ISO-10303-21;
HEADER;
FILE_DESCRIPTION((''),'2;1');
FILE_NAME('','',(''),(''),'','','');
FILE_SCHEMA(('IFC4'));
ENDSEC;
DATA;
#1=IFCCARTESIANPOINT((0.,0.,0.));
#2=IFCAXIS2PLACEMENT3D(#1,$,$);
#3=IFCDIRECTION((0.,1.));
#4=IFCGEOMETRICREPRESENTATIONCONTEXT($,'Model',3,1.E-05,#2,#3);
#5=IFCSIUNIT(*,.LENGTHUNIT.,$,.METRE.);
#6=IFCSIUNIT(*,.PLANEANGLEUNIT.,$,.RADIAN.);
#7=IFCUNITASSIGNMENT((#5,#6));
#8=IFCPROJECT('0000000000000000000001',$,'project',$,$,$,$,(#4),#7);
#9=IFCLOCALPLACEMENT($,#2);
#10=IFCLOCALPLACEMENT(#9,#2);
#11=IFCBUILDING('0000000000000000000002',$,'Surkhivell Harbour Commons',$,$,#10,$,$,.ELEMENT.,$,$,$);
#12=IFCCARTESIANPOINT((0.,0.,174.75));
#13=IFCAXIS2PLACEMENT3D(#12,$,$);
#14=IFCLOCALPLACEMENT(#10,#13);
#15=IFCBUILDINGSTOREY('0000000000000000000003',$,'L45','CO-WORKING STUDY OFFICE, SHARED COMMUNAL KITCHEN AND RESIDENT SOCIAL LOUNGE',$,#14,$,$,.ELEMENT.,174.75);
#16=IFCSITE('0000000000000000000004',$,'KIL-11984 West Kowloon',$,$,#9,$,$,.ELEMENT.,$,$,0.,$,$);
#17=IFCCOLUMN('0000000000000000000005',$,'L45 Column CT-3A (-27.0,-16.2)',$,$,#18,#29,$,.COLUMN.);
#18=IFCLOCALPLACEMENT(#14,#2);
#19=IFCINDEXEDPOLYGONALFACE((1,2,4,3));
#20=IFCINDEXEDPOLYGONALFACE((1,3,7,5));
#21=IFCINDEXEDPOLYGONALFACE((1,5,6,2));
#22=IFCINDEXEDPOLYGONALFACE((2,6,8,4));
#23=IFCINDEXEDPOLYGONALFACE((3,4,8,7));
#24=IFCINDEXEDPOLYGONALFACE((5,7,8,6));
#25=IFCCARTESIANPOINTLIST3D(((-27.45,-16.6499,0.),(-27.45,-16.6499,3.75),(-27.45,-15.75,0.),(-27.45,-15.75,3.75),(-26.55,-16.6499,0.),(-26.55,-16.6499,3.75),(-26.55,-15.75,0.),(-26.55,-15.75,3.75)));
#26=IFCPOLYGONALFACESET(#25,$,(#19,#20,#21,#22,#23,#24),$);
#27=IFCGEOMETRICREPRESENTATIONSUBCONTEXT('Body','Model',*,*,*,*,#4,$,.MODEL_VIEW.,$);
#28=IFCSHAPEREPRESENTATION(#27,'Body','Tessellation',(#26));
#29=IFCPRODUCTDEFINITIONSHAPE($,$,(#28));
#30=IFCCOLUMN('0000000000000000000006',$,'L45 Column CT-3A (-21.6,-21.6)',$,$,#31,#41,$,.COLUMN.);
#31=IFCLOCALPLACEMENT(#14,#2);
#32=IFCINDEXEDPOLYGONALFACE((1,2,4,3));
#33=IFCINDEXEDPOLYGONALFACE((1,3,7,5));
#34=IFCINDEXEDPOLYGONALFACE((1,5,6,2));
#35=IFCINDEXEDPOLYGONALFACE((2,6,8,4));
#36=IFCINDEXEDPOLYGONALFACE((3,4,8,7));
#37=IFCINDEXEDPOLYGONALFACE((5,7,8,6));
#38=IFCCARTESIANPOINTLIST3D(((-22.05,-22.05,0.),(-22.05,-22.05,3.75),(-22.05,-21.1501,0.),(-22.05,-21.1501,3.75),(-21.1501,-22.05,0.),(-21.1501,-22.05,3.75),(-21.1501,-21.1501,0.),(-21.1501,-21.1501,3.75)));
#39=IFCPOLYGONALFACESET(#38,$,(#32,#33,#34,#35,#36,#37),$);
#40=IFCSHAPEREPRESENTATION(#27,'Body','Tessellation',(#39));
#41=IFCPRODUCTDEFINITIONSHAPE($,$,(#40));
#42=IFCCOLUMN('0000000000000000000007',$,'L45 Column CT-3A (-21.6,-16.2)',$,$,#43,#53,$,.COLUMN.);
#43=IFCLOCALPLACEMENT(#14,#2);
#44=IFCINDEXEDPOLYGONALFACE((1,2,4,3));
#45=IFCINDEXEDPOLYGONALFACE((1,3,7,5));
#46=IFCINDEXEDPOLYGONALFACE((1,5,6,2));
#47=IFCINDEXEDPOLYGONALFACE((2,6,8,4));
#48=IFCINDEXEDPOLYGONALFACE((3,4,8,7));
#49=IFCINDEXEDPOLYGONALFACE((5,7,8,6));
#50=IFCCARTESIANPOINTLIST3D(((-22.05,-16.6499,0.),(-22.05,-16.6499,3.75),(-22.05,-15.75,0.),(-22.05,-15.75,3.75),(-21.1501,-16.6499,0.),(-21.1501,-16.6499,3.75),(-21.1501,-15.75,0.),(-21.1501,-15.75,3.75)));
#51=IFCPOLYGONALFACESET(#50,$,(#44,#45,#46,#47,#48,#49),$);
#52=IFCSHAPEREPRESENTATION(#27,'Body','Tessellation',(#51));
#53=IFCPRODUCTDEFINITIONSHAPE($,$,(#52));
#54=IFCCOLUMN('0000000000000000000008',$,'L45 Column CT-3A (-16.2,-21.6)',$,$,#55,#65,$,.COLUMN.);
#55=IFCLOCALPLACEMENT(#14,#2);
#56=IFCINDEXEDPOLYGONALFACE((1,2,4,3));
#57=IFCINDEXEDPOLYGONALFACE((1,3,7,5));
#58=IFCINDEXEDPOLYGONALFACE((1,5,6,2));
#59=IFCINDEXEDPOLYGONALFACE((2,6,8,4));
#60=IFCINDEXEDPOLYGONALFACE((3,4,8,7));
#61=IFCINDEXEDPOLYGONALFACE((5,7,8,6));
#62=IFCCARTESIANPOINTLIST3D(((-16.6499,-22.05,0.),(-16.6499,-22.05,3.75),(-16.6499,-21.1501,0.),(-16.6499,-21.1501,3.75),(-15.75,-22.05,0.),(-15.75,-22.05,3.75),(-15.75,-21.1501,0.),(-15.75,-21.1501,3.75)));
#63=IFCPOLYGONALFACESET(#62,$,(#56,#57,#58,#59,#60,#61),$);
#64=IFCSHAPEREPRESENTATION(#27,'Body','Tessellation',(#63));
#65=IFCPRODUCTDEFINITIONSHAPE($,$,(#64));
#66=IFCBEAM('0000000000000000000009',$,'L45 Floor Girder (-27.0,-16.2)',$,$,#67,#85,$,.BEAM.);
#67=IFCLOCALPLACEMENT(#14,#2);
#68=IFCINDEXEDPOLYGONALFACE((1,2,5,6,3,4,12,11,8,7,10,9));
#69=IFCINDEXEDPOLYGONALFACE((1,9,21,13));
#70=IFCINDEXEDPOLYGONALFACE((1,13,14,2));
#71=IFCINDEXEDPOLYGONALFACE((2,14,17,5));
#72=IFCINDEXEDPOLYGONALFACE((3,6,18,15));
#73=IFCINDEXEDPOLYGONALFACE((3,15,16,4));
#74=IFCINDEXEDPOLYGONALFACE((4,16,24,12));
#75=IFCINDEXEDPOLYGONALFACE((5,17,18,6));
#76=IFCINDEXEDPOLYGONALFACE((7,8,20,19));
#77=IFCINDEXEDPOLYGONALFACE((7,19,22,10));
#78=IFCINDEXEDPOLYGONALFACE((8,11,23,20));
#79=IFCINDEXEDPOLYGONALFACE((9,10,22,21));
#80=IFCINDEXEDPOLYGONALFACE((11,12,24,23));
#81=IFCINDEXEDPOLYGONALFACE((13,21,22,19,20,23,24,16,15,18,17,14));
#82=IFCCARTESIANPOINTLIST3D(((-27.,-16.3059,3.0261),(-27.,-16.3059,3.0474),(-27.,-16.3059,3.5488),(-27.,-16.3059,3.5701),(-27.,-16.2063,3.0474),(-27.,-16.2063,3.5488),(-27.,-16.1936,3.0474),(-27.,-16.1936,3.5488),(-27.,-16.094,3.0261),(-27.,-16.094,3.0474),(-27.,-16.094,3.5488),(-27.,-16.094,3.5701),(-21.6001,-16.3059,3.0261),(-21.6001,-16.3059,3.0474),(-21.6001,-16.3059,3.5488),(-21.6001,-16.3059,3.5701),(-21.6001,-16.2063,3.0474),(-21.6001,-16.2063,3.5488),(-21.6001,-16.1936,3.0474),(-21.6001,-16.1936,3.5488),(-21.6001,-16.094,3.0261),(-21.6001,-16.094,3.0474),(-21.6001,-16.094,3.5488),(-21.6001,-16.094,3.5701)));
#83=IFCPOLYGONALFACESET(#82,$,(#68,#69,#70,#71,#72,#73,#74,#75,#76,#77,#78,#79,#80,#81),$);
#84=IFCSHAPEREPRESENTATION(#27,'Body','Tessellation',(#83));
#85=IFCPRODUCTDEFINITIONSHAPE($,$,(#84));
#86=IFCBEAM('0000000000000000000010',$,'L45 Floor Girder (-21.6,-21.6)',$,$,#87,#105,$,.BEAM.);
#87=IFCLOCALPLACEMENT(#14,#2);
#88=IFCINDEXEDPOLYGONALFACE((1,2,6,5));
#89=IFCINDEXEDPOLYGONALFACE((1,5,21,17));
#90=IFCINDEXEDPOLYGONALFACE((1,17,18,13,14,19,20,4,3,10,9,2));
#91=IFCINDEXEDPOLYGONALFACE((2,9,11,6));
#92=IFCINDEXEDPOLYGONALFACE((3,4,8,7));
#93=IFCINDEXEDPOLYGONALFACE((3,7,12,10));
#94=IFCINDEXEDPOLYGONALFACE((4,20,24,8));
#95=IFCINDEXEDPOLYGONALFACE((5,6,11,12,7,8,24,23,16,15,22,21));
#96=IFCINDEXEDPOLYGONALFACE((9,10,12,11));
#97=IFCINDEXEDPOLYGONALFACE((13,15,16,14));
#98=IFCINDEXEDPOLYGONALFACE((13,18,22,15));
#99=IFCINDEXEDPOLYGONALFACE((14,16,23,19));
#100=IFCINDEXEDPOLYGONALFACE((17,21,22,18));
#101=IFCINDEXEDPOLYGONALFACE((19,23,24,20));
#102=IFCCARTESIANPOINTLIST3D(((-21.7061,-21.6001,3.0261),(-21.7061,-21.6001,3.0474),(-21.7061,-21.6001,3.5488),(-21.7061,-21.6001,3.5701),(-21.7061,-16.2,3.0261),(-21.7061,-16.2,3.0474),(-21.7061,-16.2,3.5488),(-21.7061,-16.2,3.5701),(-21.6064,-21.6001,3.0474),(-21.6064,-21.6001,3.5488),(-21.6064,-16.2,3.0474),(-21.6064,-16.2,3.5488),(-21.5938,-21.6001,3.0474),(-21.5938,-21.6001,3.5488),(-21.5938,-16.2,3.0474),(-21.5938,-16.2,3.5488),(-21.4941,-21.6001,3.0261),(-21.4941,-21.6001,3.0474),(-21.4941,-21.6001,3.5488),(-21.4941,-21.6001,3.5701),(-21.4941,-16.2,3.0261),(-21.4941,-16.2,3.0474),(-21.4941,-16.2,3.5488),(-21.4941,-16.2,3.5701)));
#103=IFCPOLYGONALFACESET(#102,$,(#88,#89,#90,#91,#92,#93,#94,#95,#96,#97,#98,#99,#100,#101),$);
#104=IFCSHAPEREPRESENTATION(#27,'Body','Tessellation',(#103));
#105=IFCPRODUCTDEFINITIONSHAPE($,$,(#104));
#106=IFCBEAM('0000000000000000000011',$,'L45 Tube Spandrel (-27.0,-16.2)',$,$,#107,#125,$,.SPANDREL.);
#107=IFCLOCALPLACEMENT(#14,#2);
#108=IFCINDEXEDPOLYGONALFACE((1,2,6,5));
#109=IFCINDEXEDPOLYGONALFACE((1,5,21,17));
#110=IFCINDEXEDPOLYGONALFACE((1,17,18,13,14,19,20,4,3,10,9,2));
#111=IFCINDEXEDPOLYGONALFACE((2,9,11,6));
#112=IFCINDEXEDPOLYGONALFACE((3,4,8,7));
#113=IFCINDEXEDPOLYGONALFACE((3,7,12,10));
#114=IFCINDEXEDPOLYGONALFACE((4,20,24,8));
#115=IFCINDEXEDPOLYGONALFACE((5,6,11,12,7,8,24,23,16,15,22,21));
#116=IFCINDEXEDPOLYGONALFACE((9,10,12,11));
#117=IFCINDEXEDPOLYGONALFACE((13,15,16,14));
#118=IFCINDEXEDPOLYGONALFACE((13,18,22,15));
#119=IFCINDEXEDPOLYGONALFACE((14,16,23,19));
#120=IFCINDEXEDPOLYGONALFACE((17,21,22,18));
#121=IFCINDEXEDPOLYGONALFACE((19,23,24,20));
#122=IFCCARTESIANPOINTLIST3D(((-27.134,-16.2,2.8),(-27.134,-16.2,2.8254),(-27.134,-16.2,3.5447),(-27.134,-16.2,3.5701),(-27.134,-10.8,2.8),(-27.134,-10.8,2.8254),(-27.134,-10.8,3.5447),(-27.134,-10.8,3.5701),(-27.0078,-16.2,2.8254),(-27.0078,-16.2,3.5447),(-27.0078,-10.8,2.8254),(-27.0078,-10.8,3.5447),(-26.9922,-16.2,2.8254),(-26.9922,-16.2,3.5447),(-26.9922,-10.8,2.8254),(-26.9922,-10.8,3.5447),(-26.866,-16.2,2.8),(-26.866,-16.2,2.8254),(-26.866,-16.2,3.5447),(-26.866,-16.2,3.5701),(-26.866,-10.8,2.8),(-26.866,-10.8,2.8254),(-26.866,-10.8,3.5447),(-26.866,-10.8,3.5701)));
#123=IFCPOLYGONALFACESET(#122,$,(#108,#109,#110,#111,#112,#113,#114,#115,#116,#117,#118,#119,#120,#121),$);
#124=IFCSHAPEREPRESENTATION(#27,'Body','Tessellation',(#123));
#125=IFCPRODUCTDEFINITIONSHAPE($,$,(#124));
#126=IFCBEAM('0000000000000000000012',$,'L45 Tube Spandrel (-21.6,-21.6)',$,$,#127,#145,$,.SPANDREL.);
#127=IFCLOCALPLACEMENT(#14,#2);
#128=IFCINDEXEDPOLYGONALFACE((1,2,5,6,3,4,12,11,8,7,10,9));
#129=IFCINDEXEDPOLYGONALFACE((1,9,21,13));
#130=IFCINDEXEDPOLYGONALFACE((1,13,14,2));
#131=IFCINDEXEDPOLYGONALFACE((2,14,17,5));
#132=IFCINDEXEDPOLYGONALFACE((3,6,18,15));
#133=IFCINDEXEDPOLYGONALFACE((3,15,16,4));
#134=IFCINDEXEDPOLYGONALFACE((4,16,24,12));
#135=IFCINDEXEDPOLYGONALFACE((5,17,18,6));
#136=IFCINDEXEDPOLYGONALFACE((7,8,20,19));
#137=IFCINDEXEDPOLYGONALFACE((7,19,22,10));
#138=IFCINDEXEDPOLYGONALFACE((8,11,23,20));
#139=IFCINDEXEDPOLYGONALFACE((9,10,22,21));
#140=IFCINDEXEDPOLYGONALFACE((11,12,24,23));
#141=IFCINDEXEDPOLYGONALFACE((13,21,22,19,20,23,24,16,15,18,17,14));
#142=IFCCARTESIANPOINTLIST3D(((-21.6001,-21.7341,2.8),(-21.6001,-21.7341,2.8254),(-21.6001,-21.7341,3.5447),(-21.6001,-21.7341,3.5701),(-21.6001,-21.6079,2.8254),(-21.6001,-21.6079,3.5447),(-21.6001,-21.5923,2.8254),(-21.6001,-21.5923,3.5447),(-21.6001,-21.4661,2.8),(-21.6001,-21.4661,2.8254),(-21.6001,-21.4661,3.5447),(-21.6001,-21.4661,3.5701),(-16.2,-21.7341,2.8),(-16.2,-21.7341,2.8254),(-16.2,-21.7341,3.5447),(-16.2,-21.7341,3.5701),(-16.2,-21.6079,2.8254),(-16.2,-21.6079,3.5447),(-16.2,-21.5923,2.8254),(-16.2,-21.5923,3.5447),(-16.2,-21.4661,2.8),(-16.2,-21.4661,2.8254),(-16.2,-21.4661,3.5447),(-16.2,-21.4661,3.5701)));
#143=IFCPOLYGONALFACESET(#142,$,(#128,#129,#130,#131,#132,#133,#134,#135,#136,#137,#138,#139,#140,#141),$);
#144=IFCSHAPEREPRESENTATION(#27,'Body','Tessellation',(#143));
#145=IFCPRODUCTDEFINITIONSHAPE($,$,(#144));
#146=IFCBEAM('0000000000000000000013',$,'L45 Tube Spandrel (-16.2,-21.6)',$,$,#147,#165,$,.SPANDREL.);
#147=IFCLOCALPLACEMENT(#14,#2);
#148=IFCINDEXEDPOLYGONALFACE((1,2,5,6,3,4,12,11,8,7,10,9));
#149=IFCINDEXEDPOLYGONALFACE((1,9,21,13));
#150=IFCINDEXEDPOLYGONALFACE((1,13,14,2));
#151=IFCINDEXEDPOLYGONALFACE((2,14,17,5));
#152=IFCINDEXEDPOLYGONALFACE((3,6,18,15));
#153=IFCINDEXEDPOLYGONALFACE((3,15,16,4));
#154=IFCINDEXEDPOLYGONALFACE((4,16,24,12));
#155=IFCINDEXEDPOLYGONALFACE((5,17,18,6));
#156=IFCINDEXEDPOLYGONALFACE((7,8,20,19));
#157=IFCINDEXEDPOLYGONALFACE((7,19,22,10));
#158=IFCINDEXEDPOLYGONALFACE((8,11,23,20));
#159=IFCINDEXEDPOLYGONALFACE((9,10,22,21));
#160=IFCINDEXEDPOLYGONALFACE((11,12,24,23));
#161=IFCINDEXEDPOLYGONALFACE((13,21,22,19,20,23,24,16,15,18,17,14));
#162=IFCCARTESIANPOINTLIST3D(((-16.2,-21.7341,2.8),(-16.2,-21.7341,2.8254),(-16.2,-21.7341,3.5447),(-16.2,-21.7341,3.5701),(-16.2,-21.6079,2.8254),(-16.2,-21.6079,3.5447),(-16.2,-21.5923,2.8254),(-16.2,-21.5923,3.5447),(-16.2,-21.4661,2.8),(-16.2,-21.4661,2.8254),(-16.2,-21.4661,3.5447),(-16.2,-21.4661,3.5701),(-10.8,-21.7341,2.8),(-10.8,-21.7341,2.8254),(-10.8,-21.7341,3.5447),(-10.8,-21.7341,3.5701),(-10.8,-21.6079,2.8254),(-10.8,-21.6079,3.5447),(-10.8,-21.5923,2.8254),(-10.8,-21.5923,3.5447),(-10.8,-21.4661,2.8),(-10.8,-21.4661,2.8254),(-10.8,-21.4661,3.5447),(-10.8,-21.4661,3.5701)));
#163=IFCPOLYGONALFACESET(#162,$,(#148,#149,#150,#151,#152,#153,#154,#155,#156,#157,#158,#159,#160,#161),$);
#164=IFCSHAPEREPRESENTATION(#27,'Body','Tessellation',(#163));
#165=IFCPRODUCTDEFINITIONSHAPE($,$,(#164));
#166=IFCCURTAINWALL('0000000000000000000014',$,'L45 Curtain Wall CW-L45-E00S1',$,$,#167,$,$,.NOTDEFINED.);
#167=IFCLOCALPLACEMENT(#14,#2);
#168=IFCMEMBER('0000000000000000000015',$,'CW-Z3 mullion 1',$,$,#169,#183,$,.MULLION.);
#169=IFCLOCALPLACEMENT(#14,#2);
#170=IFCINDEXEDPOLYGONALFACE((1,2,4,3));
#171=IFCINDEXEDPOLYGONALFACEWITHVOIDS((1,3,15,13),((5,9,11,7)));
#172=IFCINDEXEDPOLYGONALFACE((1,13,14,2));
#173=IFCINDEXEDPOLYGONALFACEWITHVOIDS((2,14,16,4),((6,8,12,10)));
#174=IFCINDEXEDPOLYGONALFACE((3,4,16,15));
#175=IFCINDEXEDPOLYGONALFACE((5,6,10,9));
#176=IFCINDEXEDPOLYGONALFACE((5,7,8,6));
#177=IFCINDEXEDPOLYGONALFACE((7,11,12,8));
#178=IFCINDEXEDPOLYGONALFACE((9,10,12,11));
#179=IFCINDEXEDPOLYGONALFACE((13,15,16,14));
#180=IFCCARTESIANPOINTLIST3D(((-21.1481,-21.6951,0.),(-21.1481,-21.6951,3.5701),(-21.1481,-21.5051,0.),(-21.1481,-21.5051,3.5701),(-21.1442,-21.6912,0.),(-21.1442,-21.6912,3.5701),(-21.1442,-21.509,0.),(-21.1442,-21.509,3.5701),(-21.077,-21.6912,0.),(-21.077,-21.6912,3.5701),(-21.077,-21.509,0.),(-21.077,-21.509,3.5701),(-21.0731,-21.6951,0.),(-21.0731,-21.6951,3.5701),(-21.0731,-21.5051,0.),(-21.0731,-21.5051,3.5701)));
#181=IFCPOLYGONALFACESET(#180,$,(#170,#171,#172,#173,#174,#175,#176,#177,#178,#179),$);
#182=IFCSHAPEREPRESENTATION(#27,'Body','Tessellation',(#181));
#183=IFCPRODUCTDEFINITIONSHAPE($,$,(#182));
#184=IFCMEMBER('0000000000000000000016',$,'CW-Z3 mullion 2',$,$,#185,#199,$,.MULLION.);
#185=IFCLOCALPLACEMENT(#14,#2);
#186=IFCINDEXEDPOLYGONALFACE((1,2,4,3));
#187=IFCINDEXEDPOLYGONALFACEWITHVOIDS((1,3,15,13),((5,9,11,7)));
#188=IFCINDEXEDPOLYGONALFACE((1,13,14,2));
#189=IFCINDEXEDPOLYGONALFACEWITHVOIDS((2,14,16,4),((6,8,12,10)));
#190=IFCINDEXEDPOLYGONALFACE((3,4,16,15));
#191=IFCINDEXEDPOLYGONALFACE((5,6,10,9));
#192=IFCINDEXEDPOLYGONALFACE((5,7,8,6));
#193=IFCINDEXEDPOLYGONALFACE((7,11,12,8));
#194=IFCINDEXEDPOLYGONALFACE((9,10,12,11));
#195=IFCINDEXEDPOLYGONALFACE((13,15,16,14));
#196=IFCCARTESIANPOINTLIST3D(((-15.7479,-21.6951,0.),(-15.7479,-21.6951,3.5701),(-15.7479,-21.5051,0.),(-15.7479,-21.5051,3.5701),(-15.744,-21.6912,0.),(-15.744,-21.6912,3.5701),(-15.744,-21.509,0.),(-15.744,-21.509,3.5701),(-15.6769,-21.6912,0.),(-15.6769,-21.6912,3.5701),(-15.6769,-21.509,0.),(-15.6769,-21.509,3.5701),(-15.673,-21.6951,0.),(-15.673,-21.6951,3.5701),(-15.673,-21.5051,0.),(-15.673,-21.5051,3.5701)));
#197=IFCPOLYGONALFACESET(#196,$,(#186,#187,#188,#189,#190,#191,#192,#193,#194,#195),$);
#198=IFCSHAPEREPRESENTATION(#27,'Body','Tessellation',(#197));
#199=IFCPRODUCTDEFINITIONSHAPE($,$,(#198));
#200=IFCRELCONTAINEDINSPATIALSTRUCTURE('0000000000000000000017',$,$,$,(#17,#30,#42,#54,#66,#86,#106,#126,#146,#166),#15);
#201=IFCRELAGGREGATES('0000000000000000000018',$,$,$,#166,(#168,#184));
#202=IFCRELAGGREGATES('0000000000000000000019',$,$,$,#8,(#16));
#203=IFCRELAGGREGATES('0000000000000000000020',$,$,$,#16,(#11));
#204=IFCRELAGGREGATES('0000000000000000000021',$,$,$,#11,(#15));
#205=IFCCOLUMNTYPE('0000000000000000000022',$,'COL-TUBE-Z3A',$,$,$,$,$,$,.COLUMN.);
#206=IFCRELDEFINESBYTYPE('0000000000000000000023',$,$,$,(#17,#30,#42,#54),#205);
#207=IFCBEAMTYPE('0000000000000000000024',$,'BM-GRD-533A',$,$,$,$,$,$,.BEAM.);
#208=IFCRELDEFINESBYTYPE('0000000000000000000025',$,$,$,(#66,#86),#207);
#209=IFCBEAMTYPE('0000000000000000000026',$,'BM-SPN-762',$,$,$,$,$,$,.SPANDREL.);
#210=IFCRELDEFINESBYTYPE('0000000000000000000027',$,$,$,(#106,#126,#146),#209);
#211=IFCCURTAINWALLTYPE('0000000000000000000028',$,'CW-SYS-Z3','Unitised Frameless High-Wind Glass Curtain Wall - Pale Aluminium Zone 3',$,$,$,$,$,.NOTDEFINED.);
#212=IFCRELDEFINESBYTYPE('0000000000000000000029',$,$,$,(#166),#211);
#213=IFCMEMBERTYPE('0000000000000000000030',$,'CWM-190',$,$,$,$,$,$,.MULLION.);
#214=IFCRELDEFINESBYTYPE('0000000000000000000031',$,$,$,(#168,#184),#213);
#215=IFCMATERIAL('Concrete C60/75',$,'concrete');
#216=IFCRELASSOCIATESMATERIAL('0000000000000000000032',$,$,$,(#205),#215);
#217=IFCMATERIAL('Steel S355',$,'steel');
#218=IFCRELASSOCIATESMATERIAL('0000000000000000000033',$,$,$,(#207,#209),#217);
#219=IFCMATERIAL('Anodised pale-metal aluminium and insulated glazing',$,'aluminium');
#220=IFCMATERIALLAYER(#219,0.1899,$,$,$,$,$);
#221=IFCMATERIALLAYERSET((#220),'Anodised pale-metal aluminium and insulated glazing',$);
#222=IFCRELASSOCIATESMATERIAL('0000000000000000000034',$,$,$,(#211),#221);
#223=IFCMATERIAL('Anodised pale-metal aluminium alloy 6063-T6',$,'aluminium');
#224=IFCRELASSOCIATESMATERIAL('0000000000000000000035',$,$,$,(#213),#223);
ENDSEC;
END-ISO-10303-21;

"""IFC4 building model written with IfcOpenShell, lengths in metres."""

from ifc_helpers import new_model, si_unit, direction, frame, origin, origin_2d, place, context, subcontext, project, spatial, rectangle, hollow_rectangle, i_section, extrude, material, layer, layer_set, material_profile, profile_set, type_object, element, aggregate, save


model = new_model("IFC4")

# Units and contexts
model_context = context("Model", 3, precision=1e-05, world=origin(), true_north=direction((0.0, 1.0)))
body_context = subcontext(model_context, "Body", "Model", "MODEL_VIEW")
ifc_project = project(units=[si_unit("LENGTHUNIT", "METRE"), si_unit("PLANEANGLEUNIT", "RADIAN")], contexts=[model_context])

# Site, building, storey
site_placement = place(None, origin())
site = spatial("IfcSite", under=ifc_project, at=site_placement, Name="KIL-11984 West Kowloon", CompositionType="ELEMENT", RefElevation=0.0)
building_placement = place(site_placement, origin())
building = spatial("IfcBuilding", under=site, at=building_placement, Name="Surkhivell Harbour Commons", CompositionType="ELEMENT")
storey_placement = place(building_placement, frame((0.0, 0.0, 174.75)))
storey = spatial("IfcBuildingStorey", under=building, at=storey_placement, Name="L45", Description="CO-WORKING STUDY OFFICE, SHARED COMMUNAL KITCHEN AND RESIDENT SOCIAL LOUNGE", CompositionType="ELEMENT", Elevation=174.75)

# Columns
ifc_material_1 = material(Name="Concrete C60/75", Category="concrete")
ifc_material_profile_1 = material_profile(ifc_material_1, rectangle(XDim=0.8999, YDim=0.8999, at=origin_2d()), Name="RC-COL-900x900")
ifc_profile_set_1 = profile_set([ifc_material_profile_1], Name="Concrete C60/75")
column_type = type_object("IfcColumnType", Name="COL-TUBE-Z3A", PredefinedType="COLUMN", material=ifc_profile_set_1)
for number, where, z_axis, x_axis, name in (
    (1, (-27.0, -16.2, 0.0), (0.0, 0.0, 1.0), (1.0, 0.0, 0.0), "L45 Column CT-3A (-27.0,-16.2)"),
    (2, (-21.6001, -21.6001, 0.0), (0.0, 0.0, 1.0), (1.0, 0.0, 0.0), "L45 Column CT-3A (-21.6,-21.6)"),
    (3, (-21.6001, -16.2, 0.0), (0.0, 0.0, 1.0), (1.0, 0.0, 0.0), "L45 Column CT-3A (-21.6,-16.2)"),
    (4, (-16.2, -21.6001, 0.0), (0.0, 0.0, 1.0), (1.0, 0.0, 0.0), "L45 Column CT-3A (-16.2,-21.6)"),
):
    element("IfcColumn", number, at=place(storey_placement, frame(where, z_axis=z_axis, x_axis=x_axis)), inside=storey, type_object=column_type, Name=name, PredefinedType="COLUMN", context=body_context, shape_type="SweptSolid", body=[
        extrude(rectangle(XDim=0.8999, YDim=0.8999, at=origin_2d()), origin(), (0.0, 0.0, 1.0), 3.75),
    ])

# Beams
ifc_material_2 = material(Name="Steel S355", Category="steel")
ifc_material_profile_2 = material_profile(ifc_material_2, i_section(OverallWidth=0.2119, OverallDepth=0.5439, WebThickness=0.0127, FlangeThickness=0.0212, at=origin_2d()), Name="UB533x210x122")
ifc_profile_set_2 = profile_set([ifc_material_profile_2], Name="Steel S355")
beam_type_1 = type_object("IfcBeamType", Name="BM-GRD-533A", PredefinedType="BEAM", material=ifc_profile_set_2)
beam_1_placement = place(storey_placement, frame((-27.0, -16.2, 3.2981), z_axis=(1.0, 0.0, 0.0), x_axis=(0.0, 1.0, 0.0)))
element("IfcBeam", 5, at=beam_1_placement, inside=storey, type_object=beam_type_1, Name="L45 Floor Girder (-27.0,-16.2)", PredefinedType="BEAM", context=body_context, shape_type="SweptSolid", body=[
    extrude(i_section(OverallWidth=0.2119, OverallDepth=0.5439, WebThickness=0.0127, FlangeThickness=0.0212, at=origin_2d()), origin(), (0.0, 0.0, 1.0), 5.3999),
])
beam_2_placement = place(storey_placement, frame((-21.6001, -21.6001, 3.2981), z_axis=(0.0, 1.0, 0.0), x_axis=(-1.0, 0.0, 0.0)))
element("IfcBeam", 6, at=beam_2_placement, inside=storey, type_object=beam_type_1, Name="L45 Floor Girder (-21.6,-21.6)", PredefinedType="BEAM", context=body_context, shape_type="SweptSolid", body=[
    extrude(i_section(OverallWidth=0.2119, OverallDepth=0.5439, WebThickness=0.0127, FlangeThickness=0.0212, at=origin_2d()), origin(), (0.0, 0.0, 1.0), 5.4001),
])
ifc_material_profile_3 = material_profile(ifc_material_2, i_section(OverallWidth=0.2681, OverallDepth=0.77, WebThickness=0.0156, FlangeThickness=0.0254, at=origin_2d()), Name="UB762x267x197")
ifc_profile_set_3 = profile_set([ifc_material_profile_3], Name="Steel S355")
beam_type_2 = type_object("IfcBeamType", Name="BM-SPN-762", PredefinedType="SPANDREL", material=ifc_profile_set_3)
beam_3_placement = place(storey_placement, frame((-27.0, -16.2, 3.1851), z_axis=(0.0, 1.0, 0.0), x_axis=(-1.0, 0.0, 0.0)))
element("IfcBeam", 7, at=beam_3_placement, inside=storey, type_object=beam_type_2, Name="L45 Tube Spandrel (-27.0,-16.2)", PredefinedType="SPANDREL", context=body_context, shape_type="SweptSolid", body=[
    extrude(i_section(OverallWidth=0.2681, OverallDepth=0.77, WebThickness=0.0156, FlangeThickness=0.0254, at=origin_2d()), origin(), (0.0, 0.0, 1.0), 5.3999),
])
beam_4_placement = place(storey_placement, frame((-21.6001, -21.6001, 3.1851), z_axis=(1.0, 0.0, 0.0), x_axis=(0.0, 1.0, 0.0)))
element("IfcBeam", 8, at=beam_4_placement, inside=storey, type_object=beam_type_2, Name="L45 Tube Spandrel (-21.6,-21.6)", PredefinedType="SPANDREL", context=body_context, shape_type="SweptSolid", body=[
    extrude(i_section(OverallWidth=0.2681, OverallDepth=0.77, WebThickness=0.0156, FlangeThickness=0.0254, at=origin_2d()), origin(), (0.0, 0.0, 1.0), 5.4001),
])
beam_5_placement = place(storey_placement, frame((-16.2, -21.6001, 3.1851), z_axis=(1.0, 0.0, 0.0), x_axis=(0.0, 1.0, 0.0)))
element("IfcBeam", 9, at=beam_5_placement, inside=storey, type_object=beam_type_2, Name="L45 Tube Spandrel (-16.2,-21.6)", PredefinedType="SPANDREL", context=body_context, shape_type="SweptSolid", body=[
    extrude(i_section(OverallWidth=0.2681, OverallDepth=0.77, WebThickness=0.0156, FlangeThickness=0.0254, at=origin_2d()), origin(), (0.0, 0.0, 1.0), 5.3999),
])

# Curtain wall, members
ifc_material_3 = material(Name="Anodised pale-metal aluminium and insulated glazing", Category="aluminium")
ifc_layer_1 = layer(ifc_material_3, 0.1899)
ifc_layer_set_1 = layer_set([ifc_layer_1], Name="Anodised pale-metal aluminium and insulated glazing")
curtain_wall_type = type_object("IfcCurtainWallType", Name="CW-SYS-Z3", Description="Unitised Frameless High-Wind Glass Curtain Wall - Pale Aluminium Zone 3", PredefinedType="NOTDEFINED", material=ifc_layer_set_1)
curtain_wall_placement = place(storey_placement, origin())
curtain_wall = element("IfcCurtainWall", 10, at=curtain_wall_placement, inside=storey, type_object=curtain_wall_type, Name="L45 Curtain Wall CW-L45-E00S1", PredefinedType="NOTDEFINED")
ifc_material_4 = material(Name="Anodised pale-metal aluminium alloy 6063-T6", Category="aluminium")
ifc_material_profile_4 = material_profile(ifc_material_4, hollow_rectangle(XDim=0.075, YDim=0.1899, WallThickness=0.0039, at=origin_2d()), Name="ALU-MULL-75x190")
ifc_profile_set_4 = profile_set([ifc_material_profile_4], Name="Anodised pale-metal aluminium alloy 6063-T6")
member_type_1 = type_object("IfcMemberType", Name="CWM-190", PredefinedType="MULLION", material=ifc_profile_set_4)
member_1_placement = place(storey_placement, frame((-21.1106, -21.6001, 0.0), z_axis=(0.0, 0.0, 1.0), x_axis=(1.0, 0.0, 0.0)))
member_1 = element("IfcMember", 11, at=member_1_placement, type_object=member_type_1, Name="CW-Z3 mullion 1", PredefinedType="MULLION", context=body_context, shape_type="SweptSolid", body=[
    extrude(hollow_rectangle(XDim=0.075, YDim=0.1899, WallThickness=0.0039, at=origin_2d()), origin(), (0.0, 0.0, 1.0), 3.5701),
])
member_2_placement = place(storey_placement, frame((-15.7104, -21.6001, 0.0), z_axis=(0.0, 0.0, 1.0), x_axis=(1.0, 0.0, 0.0)))
member_2 = element("IfcMember", 12, at=member_2_placement, type_object=member_type_1, Name="CW-Z3 mullion 2", PredefinedType="MULLION", context=body_context, shape_type="SweptSolid", body=[
    extrude(hollow_rectangle(XDim=0.075, YDim=0.1899, WallThickness=0.0039, at=origin_2d()), origin(), (0.0, 0.0, 1.0), 3.5701),
])

aggregate(curtain_wall, [member_1, member_2])

save(model, "model.ifc")
